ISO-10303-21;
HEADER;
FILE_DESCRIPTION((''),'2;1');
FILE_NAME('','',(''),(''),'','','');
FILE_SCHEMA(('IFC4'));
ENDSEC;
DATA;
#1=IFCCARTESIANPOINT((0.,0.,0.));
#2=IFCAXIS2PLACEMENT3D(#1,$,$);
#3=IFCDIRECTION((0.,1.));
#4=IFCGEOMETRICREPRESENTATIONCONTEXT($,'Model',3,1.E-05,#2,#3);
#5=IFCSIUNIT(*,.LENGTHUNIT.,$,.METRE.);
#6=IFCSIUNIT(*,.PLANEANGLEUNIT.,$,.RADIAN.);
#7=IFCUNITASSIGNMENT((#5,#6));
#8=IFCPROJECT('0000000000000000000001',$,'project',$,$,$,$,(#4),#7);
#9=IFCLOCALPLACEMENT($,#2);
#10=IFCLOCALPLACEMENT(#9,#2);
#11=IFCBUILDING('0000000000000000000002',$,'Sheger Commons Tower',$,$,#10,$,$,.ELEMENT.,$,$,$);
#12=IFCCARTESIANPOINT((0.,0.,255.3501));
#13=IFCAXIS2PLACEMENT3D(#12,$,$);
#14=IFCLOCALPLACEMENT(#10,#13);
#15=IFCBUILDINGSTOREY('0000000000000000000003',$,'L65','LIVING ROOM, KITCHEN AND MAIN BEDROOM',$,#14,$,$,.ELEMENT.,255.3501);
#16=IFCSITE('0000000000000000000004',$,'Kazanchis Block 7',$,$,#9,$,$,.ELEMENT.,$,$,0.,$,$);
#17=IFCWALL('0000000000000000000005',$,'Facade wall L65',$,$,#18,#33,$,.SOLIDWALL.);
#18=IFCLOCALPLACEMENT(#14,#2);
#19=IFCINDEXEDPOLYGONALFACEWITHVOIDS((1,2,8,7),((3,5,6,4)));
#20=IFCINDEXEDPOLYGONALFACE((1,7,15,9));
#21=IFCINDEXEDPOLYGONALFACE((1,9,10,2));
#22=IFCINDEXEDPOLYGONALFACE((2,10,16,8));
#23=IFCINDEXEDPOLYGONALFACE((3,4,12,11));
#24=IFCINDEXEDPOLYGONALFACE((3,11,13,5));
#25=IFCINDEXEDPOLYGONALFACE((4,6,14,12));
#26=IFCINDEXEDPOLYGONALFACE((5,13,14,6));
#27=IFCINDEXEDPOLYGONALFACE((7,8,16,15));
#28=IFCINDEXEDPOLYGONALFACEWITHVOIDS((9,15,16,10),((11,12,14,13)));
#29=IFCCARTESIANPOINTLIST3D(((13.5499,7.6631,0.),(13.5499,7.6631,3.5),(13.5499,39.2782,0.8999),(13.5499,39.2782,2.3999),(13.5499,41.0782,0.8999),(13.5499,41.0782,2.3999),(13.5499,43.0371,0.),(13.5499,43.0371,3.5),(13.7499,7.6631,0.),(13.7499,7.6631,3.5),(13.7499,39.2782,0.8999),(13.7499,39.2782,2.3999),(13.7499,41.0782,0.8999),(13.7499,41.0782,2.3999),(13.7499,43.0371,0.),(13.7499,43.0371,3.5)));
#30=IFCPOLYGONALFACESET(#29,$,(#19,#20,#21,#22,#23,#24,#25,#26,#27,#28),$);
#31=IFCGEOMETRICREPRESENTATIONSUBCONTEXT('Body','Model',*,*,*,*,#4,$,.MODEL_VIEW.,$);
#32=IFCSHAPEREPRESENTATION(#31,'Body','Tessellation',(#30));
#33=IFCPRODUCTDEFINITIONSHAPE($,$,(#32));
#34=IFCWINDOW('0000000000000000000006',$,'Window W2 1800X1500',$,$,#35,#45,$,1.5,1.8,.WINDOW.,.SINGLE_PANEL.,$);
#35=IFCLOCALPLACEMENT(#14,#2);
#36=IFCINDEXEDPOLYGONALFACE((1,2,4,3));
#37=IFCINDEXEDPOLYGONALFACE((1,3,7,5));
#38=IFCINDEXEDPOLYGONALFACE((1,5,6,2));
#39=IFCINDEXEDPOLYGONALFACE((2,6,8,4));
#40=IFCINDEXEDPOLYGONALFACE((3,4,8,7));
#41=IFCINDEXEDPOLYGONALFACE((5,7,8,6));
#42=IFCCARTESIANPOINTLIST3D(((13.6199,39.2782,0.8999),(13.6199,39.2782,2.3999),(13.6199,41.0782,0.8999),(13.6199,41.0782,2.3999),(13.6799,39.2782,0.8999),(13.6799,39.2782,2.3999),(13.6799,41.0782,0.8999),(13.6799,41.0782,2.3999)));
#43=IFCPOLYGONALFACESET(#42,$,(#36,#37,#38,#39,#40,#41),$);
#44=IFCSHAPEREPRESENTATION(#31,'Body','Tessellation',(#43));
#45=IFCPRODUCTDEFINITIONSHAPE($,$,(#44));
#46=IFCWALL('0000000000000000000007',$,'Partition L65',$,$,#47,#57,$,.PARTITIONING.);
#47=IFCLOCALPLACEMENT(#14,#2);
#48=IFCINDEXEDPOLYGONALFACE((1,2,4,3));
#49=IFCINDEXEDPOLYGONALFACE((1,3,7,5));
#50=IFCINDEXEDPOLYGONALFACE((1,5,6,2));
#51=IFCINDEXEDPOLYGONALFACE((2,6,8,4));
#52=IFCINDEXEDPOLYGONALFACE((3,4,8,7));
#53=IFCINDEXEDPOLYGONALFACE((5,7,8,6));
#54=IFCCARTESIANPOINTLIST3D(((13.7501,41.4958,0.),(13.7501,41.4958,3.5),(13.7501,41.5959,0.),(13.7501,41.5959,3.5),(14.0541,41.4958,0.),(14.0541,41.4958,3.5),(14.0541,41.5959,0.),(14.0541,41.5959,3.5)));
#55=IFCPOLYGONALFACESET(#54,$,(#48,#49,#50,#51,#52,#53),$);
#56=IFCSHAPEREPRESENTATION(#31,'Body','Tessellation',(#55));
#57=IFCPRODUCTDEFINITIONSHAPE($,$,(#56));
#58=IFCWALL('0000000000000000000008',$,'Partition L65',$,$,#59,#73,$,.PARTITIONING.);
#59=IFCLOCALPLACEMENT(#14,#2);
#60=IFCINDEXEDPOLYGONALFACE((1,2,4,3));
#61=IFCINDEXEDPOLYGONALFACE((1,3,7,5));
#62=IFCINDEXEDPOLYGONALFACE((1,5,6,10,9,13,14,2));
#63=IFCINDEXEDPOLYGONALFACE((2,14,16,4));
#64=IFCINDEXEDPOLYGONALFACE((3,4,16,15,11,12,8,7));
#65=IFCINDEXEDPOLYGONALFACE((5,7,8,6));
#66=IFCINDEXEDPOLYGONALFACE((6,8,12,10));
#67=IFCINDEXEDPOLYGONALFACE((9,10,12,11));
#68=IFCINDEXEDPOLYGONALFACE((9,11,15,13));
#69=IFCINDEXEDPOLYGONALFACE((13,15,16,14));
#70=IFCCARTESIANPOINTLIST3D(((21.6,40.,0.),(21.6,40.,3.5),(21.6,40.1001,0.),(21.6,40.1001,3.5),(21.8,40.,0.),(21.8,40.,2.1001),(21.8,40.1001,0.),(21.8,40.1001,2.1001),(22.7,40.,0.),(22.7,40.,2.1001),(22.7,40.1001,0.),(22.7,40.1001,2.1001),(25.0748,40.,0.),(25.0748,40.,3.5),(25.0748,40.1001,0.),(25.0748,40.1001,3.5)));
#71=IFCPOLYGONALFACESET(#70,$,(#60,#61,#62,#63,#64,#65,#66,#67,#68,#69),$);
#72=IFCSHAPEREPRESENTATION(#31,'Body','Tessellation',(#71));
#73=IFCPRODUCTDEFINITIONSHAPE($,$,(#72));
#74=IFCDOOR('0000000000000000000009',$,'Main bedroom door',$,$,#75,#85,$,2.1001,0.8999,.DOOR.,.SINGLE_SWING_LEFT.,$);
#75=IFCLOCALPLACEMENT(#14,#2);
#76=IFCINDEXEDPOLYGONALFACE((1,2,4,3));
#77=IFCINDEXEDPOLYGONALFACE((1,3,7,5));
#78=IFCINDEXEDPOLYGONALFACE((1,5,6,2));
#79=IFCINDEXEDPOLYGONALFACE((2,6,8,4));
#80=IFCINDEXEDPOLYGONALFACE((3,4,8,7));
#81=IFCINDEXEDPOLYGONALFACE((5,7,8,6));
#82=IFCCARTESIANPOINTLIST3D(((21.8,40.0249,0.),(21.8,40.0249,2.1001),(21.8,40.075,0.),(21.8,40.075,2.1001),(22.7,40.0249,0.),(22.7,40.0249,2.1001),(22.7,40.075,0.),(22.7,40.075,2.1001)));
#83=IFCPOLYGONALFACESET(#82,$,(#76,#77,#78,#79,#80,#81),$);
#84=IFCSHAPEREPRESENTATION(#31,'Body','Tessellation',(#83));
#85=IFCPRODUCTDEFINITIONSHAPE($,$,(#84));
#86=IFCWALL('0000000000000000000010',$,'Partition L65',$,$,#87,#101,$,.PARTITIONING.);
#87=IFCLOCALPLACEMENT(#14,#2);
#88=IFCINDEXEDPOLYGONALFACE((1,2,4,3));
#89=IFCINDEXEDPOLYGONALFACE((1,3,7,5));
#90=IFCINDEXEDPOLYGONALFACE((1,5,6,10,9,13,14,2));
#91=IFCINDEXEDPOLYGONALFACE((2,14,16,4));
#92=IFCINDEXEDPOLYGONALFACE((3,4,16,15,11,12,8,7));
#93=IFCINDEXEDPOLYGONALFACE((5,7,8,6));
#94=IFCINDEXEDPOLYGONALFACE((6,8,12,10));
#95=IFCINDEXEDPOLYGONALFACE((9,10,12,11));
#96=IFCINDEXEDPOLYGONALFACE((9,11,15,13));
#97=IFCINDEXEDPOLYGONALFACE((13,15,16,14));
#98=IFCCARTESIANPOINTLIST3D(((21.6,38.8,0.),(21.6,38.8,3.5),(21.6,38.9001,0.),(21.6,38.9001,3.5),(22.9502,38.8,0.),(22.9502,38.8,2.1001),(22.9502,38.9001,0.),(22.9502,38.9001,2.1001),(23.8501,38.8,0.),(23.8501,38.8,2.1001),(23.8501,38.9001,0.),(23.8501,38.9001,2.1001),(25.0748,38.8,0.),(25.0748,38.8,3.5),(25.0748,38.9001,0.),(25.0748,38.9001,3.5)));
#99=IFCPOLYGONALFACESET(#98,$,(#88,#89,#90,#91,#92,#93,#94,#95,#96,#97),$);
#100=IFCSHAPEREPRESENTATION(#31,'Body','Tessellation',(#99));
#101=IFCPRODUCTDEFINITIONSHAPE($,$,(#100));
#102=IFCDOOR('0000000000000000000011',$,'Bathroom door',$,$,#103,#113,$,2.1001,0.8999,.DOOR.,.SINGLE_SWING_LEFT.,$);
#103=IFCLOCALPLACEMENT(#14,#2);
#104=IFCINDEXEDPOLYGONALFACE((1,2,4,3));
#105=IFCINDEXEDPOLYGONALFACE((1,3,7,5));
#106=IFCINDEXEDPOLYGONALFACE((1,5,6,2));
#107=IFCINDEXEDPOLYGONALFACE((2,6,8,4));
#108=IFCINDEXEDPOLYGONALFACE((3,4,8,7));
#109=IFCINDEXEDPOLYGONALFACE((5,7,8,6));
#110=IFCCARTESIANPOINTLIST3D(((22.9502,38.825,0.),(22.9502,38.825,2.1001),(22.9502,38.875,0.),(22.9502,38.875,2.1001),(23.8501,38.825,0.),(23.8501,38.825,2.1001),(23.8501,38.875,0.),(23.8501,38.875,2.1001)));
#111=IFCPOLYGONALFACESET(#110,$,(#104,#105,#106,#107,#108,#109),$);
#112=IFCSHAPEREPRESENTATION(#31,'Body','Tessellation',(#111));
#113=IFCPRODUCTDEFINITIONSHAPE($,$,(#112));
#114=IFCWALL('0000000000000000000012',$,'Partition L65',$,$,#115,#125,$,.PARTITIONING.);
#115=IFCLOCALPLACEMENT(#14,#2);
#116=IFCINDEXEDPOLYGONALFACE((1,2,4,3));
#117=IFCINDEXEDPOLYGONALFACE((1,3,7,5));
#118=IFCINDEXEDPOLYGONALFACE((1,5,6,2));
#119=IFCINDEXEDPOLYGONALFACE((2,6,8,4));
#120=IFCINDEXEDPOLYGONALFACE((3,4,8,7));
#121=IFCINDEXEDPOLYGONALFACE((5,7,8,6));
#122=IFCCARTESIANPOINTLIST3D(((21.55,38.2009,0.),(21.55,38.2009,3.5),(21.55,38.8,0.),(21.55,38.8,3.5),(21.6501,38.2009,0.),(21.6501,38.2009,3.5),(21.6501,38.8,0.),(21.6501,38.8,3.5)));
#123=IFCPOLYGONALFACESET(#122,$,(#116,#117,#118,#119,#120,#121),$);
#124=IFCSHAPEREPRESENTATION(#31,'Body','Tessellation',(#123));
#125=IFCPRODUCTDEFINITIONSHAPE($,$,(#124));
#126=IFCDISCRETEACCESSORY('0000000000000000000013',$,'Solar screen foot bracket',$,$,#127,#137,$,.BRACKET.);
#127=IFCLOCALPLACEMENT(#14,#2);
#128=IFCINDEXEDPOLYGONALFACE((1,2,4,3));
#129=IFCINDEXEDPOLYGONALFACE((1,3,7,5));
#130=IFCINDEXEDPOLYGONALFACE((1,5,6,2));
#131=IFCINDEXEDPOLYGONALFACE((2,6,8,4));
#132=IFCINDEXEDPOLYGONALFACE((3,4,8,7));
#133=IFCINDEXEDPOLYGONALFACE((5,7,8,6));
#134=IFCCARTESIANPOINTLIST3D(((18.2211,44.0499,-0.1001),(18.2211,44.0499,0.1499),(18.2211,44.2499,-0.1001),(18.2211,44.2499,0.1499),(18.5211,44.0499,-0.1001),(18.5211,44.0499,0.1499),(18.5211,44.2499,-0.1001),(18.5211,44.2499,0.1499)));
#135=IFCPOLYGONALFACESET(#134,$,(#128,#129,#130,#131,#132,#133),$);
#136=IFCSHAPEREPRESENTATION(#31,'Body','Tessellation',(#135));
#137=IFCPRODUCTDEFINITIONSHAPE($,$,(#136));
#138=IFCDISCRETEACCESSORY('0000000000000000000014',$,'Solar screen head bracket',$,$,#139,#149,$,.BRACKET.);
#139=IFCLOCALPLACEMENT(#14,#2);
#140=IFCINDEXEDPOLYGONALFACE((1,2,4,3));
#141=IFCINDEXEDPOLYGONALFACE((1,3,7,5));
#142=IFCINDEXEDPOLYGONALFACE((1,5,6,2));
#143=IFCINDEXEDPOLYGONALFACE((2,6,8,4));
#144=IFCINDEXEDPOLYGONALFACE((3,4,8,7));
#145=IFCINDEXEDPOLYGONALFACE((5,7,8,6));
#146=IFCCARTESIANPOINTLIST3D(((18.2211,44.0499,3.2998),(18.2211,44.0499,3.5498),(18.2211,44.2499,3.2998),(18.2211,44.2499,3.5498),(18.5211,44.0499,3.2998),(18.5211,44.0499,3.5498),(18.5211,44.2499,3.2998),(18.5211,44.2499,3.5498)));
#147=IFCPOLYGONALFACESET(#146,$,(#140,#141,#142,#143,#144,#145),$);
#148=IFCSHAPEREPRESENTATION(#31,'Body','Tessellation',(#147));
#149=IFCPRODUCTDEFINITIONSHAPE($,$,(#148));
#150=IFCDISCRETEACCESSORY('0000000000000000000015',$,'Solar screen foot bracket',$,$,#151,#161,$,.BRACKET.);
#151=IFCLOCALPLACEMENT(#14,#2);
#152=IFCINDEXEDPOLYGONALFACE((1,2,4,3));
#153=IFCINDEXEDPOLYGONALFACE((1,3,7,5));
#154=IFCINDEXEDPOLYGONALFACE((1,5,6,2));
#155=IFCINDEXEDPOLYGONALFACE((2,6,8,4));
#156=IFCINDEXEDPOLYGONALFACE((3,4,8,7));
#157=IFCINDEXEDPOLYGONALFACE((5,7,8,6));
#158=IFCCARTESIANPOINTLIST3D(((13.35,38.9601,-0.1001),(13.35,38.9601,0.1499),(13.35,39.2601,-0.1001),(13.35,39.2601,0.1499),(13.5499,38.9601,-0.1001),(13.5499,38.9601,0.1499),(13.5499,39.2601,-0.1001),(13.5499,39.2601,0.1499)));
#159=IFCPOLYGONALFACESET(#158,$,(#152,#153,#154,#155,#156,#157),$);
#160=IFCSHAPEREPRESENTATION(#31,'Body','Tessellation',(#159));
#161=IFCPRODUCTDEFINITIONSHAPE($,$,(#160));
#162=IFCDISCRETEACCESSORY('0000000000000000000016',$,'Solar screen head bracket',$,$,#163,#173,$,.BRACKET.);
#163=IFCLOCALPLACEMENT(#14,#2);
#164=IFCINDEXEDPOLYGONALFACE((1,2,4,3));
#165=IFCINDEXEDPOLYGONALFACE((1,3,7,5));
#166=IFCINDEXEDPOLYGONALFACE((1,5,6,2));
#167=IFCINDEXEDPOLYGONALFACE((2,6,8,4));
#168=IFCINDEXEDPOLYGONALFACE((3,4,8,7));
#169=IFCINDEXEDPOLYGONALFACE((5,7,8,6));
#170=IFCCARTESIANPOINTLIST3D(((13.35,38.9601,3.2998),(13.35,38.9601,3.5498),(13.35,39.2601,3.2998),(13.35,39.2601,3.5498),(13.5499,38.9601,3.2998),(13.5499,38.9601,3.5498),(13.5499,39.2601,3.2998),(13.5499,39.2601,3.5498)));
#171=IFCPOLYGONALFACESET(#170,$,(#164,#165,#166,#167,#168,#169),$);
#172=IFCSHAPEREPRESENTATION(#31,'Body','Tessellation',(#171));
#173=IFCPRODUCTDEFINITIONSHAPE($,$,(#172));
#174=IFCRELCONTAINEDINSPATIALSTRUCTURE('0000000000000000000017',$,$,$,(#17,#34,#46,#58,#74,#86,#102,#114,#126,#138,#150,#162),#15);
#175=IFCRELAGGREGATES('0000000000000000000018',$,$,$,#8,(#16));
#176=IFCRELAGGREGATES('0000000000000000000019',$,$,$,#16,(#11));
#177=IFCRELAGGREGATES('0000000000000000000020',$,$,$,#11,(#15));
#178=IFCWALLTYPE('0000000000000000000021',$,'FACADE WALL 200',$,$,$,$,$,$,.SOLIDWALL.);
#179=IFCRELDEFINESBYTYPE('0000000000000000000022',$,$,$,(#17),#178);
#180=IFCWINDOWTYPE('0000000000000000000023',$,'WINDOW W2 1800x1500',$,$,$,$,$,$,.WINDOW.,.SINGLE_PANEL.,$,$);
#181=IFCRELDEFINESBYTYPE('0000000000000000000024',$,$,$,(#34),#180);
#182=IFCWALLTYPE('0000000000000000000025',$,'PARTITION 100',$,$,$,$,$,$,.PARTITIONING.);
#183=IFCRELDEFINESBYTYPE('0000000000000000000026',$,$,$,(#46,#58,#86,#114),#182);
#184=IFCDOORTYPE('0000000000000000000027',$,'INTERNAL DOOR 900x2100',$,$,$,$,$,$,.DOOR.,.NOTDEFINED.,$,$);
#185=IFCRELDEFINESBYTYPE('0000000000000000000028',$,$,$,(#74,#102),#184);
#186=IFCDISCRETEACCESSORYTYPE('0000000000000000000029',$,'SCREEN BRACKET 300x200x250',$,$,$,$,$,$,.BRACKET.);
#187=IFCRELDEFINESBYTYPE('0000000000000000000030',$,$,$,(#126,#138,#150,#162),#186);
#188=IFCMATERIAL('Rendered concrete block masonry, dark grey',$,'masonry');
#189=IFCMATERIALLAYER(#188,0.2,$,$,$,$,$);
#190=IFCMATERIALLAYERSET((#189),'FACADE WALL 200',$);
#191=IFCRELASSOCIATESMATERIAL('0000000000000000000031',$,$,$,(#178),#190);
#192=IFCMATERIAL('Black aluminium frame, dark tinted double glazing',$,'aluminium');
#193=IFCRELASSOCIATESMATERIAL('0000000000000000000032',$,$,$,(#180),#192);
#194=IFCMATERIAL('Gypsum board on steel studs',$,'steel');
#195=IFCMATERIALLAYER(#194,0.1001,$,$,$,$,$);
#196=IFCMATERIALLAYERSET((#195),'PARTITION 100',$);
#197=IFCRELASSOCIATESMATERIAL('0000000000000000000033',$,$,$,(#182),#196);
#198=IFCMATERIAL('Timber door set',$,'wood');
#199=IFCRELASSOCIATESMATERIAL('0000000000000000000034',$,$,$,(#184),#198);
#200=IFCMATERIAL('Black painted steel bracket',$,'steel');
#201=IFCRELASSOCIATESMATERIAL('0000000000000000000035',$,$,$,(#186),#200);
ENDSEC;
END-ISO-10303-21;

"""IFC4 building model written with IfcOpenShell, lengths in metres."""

from ifc_helpers import new_model, si_unit, direction, frame, frame_2d, origin, origin_2d, place, context, subcontext, project, spatial, rectangle, extrude, material, layer, layer_set, type_object, element, fill, save


model = new_model("IFC4")

# Units and contexts
model_context = context("Model", 3, precision=1e-05, world=origin(), true_north=direction((0.0, 1.0)))
body_context = subcontext(model_context, "Body", "Model", "MODEL_VIEW")
ifc_project = project(units=[si_unit("LENGTHUNIT", "METRE"), si_unit("PLANEANGLEUNIT", "RADIAN")], contexts=[model_context])

# Site, building, storey
site_placement = place(None, origin())
site = spatial("IfcSite", under=ifc_project, at=site_placement, Name="Kazanchis Block 7", CompositionType="ELEMENT", RefElevation=0.0)
building_placement = place(site_placement, origin())
building = spatial("IfcBuilding", under=site, at=building_placement, Name="Sheger Commons Tower", CompositionType="ELEMENT")
storey_placement = place(building_placement, frame((0.0, 0.0, 255.3501)))
storey = spatial("IfcBuildingStorey", under=building, at=storey_placement, Name="L65", Description="LIVING ROOM, KITCHEN AND MAIN BEDROOM", CompositionType="ELEMENT", Elevation=255.3501)

# Shared definitions
ifc_material_1 = material(Name="Rendered concrete block masonry, dark grey", Category="masonry")
ifc_layer_1 = layer(ifc_material_1, 0.2)
ifc_layer_set_1 = layer_set([ifc_layer_1], Name="FACADE WALL 200")
wall_type_1 = type_object("IfcWallType", Name="FACADE WALL 200", PredefinedType="SOLIDWALL", material=ifc_layer_set_1)

# Wall, opening, window
wall_1_placement = place(storey_placement, frame((13.6499, 43.0371, 0.0), z_axis=(0.0, 0.0, 1.0), x_axis=(0.0, -1.0, 0.0)))
wall_1 = element("IfcWall", 1, at=wall_1_placement, inside=storey, type_object=wall_type_1, Name="Facade wall L65", PredefinedType="SOLIDWALL", context=body_context, shape_type="SweptSolid", body=[
    extrude(rectangle(XDim=35.374, YDim=0.2, at=frame_2d((17.687, 0.0))), origin(), (0.0, 0.0, 1.0), 3.5),
])
opening_1_placement = place(wall_1_placement, frame((1.959, 0.0, 0.8999)))
opening_1 = element("IfcOpeningElement", 2, at=opening_1_placement, cuts=wall_1, PredefinedType="OPENING", context=body_context, shape_type="SweptSolid", body=[
    extrude(rectangle(XDim=1.8, YDim=1.5, at=frame_2d((0.8999, 0.75))), frame((0.0, 0.1099, 0.0), z_axis=(0.0, -1.0, 0.0), x_axis=(1.0, 0.0, 0.0)), (0.0, 0.0, 1.0), 0.22),
])
ifc_material_2 = material(Name="Black aluminium frame, dark tinted double glazing", Category="aluminium")
window_type = type_object("IfcWindowType", Name="WINDOW W2 1800x1500", PartitioningType="SINGLE_PANEL", PredefinedType="WINDOW", material=ifc_material_2)
window_placement = place(opening_1_placement, origin())
window = element("IfcWindow", 3, at=window_placement, inside=storey, type_object=window_type, Name="Window W2 1800X1500", OverallHeight=1.5, OverallWidth=1.8, PartitioningType="SINGLE_PANEL", PredefinedType="WINDOW", context=body_context, shape_type="SweptSolid", body=[
    extrude(rectangle(XDim=1.8, YDim=1.5, at=frame_2d((0.8999, 0.75))), frame((0.0, 0.03, 0.0), z_axis=(0.0, -1.0, 0.0), x_axis=(1.0, 0.0, 0.0)), (0.0, 0.0, 1.0), 0.0601),
])
fill(opening_1, window)

# Wall
ifc_material_3 = material(Name="Gypsum board on steel studs", Category="steel")
ifc_layer_2 = layer(ifc_material_3, 0.1001)
ifc_layer_set_2 = layer_set([ifc_layer_2], Name="PARTITION 100")
wall_type_2 = type_object("IfcWallType", Name="PARTITION 100", PredefinedType="PARTITIONING", material=ifc_layer_set_2)
wall_2_placement = place(storey_placement, frame((14.054, 41.5459, 0.0), z_axis=(0.0, 0.0, 1.0), x_axis=(-1.0, 0.0, 0.0)))
element("IfcWall", 4, at=wall_2_placement, inside=storey, type_object=wall_type_2, Name="Partition L65", PredefinedType="PARTITIONING", context=body_context, shape_type="SweptSolid", body=[
    extrude(rectangle(XDim=0.304, YDim=0.1001, at=frame_2d((0.1519, 0.0))), origin(), (0.0, 0.0, 1.0), 3.5),
])

# Walls, openings, doors
wall_3_placement = place(storey_placement, frame((21.6001, 40.05, 0.0), z_axis=(0.0, 0.0, 1.0), x_axis=(1.0, 0.0, 0.0)))
wall_3 = element("IfcWall", 5, at=wall_3_placement, inside=storey, type_object=wall_type_2, Name="Partition L65", PredefinedType="PARTITIONING", context=body_context, shape_type="SweptSolid", body=[
    extrude(rectangle(XDim=3.4749, YDim=0.1001, at=frame_2d((1.7373, 0.0))), origin(), (0.0, 0.0, 1.0), 3.5),
])
opening_2_placement = place(wall_3_placement, frame((0.2, 0.0, 0.0)))
opening_2 = element("IfcOpeningElement", 6, at=opening_2_placement, cuts=wall_3, PredefinedType="OPENING", context=body_context, shape_type="SweptSolid", body=[
    extrude(rectangle(XDim=0.8999, YDim=2.1001, at=frame_2d((0.45, 1.05))), frame((0.0, 0.0601, 0.0), z_axis=(0.0, -1.0, 0.0), x_axis=(1.0, 0.0, 0.0)), (0.0, 0.0, 1.0), 0.1201),
])
ifc_material_4 = material(Name="Timber door set", Category="wood")
door_type_1 = type_object("IfcDoorType", Name="INTERNAL DOOR 900x2100", OperationType="NOTDEFINED", PredefinedType="DOOR", material=ifc_material_4)
door_1_placement = place(opening_2_placement, origin())
door_1 = element("IfcDoor", 7, at=door_1_placement, inside=storey, type_object=door_type_1, Name="Main bedroom door", OperationType="SINGLE_SWING_LEFT", OverallHeight=2.1001, OverallWidth=0.8999, PredefinedType="DOOR", context=body_context, shape_type="SweptSolid", body=[
    extrude(rectangle(XDim=0.8999, YDim=2.1001, at=frame_2d((0.45, 1.05))), frame((0.0, 0.0249, 0.0), z_axis=(0.0, -1.0, 0.0), x_axis=(1.0, 0.0, 0.0)), (0.0, 0.0, 1.0), 0.05),
])
fill(opening_2, door_1)
wall_4_placement = place(storey_placement, frame((21.6001, 38.8501, 0.0), z_axis=(0.0, 0.0, 1.0), x_axis=(1.0, 0.0, 0.0)))
wall_4 = element("IfcWall", 8, at=wall_4_placement, inside=storey, type_object=wall_type_2, Name="Partition L65", PredefinedType="PARTITIONING", context=body_context, shape_type="SweptSolid", body=[
    extrude(rectangle(XDim=3.4749, YDim=0.1001, at=frame_2d((1.7373, 0.0))), origin(), (0.0, 0.0, 1.0), 3.5),
])
opening_3_placement = place(wall_4_placement, frame((1.3501, 0.0, 0.0)))
opening_3 = element("IfcOpeningElement", 9, at=opening_3_placement, cuts=wall_4, PredefinedType="OPENING", context=body_context, shape_type="SweptSolid", body=[
    extrude(rectangle(XDim=0.8999, YDim=2.1001, at=frame_2d((0.45, 1.05))), frame((0.0, 0.0601, 0.0), z_axis=(0.0, -1.0, 0.0), x_axis=(1.0, 0.0, 0.0)), (0.0, 0.0, 1.0), 0.1201),
])
door_2_placement = place(opening_3_placement, origin())
door_2 = element("IfcDoor", 10, at=door_2_placement, inside=storey, type_object=door_type_1, Name="Bathroom door", OperationType="SINGLE_SWING_LEFT", OverallHeight=2.1001, OverallWidth=0.8999, PredefinedType="DOOR", context=body_context, shape_type="SweptSolid", body=[
    extrude(rectangle(XDim=0.8999, YDim=2.1001, at=frame_2d((0.45, 1.05))), frame((0.0, 0.0249, 0.0), z_axis=(0.0, -1.0, 0.0), x_axis=(1.0, 0.0, 0.0)), (0.0, 0.0, 1.0), 0.05),
])
fill(opening_3, door_2)

# Wall
wall_5_placement = place(storey_placement, frame((21.6001, 38.2009, 0.0), z_axis=(0.0, 0.0, 1.0), x_axis=(0.0, 1.0, 0.0)))
element("IfcWall", 11, at=wall_5_placement, inside=storey, type_object=wall_type_2, Name="Partition L65", PredefinedType="PARTITIONING", context=body_context, shape_type="SweptSolid", body=[
    extrude(rectangle(XDim=0.5991, YDim=0.1001, at=frame_2d((0.2996, 0.0))), origin(), (0.0, 0.0, 1.0), 3.5),
])

# Discrete accessories
ifc_material_5 = material(Name="Black painted steel bracket", Category="steel")
discrete_accessory_type = type_object("IfcDiscreteAccessoryType", Name="SCREEN BRACKET 300x200x250", PredefinedType="BRACKET", material=ifc_material_5)
for number, where, z_axis, x_axis, name in (
    (12, (18.3711, 44.1499, -0.1001), (0.0, 0.0, 1.0), (-1.0, 0.0, 0.0), "Solar screen foot bracket"),
    (13, (18.3711, 44.1499, 3.2998), (0.0, 0.0, 1.0), (-1.0, 0.0, 0.0), "Solar screen head bracket"),
    (14, (13.45, 39.1101, -0.1001), (0.0, 0.0, 1.0), (0.0, -1.0, 0.0), "Solar screen foot bracket"),
    (15, (13.45, 39.1101, 3.2998), (0.0, 0.0, 1.0), (0.0, -1.0, 0.0), "Solar screen head bracket"),
):
    element("IfcDiscreteAccessory", number, at=place(storey_placement, frame(where, z_axis=z_axis, x_axis=x_axis)), inside=storey, type_object=discrete_accessory_type, Name=name, PredefinedType="BRACKET", context=body_context, shape_type="SweptSolid", body=[
        extrude(rectangle(XDim=0.3, YDim=0.2, at=origin_2d()), origin(), (0.0, 0.0, 1.0), 0.25),
    ])

save(model, "model.ifc")
